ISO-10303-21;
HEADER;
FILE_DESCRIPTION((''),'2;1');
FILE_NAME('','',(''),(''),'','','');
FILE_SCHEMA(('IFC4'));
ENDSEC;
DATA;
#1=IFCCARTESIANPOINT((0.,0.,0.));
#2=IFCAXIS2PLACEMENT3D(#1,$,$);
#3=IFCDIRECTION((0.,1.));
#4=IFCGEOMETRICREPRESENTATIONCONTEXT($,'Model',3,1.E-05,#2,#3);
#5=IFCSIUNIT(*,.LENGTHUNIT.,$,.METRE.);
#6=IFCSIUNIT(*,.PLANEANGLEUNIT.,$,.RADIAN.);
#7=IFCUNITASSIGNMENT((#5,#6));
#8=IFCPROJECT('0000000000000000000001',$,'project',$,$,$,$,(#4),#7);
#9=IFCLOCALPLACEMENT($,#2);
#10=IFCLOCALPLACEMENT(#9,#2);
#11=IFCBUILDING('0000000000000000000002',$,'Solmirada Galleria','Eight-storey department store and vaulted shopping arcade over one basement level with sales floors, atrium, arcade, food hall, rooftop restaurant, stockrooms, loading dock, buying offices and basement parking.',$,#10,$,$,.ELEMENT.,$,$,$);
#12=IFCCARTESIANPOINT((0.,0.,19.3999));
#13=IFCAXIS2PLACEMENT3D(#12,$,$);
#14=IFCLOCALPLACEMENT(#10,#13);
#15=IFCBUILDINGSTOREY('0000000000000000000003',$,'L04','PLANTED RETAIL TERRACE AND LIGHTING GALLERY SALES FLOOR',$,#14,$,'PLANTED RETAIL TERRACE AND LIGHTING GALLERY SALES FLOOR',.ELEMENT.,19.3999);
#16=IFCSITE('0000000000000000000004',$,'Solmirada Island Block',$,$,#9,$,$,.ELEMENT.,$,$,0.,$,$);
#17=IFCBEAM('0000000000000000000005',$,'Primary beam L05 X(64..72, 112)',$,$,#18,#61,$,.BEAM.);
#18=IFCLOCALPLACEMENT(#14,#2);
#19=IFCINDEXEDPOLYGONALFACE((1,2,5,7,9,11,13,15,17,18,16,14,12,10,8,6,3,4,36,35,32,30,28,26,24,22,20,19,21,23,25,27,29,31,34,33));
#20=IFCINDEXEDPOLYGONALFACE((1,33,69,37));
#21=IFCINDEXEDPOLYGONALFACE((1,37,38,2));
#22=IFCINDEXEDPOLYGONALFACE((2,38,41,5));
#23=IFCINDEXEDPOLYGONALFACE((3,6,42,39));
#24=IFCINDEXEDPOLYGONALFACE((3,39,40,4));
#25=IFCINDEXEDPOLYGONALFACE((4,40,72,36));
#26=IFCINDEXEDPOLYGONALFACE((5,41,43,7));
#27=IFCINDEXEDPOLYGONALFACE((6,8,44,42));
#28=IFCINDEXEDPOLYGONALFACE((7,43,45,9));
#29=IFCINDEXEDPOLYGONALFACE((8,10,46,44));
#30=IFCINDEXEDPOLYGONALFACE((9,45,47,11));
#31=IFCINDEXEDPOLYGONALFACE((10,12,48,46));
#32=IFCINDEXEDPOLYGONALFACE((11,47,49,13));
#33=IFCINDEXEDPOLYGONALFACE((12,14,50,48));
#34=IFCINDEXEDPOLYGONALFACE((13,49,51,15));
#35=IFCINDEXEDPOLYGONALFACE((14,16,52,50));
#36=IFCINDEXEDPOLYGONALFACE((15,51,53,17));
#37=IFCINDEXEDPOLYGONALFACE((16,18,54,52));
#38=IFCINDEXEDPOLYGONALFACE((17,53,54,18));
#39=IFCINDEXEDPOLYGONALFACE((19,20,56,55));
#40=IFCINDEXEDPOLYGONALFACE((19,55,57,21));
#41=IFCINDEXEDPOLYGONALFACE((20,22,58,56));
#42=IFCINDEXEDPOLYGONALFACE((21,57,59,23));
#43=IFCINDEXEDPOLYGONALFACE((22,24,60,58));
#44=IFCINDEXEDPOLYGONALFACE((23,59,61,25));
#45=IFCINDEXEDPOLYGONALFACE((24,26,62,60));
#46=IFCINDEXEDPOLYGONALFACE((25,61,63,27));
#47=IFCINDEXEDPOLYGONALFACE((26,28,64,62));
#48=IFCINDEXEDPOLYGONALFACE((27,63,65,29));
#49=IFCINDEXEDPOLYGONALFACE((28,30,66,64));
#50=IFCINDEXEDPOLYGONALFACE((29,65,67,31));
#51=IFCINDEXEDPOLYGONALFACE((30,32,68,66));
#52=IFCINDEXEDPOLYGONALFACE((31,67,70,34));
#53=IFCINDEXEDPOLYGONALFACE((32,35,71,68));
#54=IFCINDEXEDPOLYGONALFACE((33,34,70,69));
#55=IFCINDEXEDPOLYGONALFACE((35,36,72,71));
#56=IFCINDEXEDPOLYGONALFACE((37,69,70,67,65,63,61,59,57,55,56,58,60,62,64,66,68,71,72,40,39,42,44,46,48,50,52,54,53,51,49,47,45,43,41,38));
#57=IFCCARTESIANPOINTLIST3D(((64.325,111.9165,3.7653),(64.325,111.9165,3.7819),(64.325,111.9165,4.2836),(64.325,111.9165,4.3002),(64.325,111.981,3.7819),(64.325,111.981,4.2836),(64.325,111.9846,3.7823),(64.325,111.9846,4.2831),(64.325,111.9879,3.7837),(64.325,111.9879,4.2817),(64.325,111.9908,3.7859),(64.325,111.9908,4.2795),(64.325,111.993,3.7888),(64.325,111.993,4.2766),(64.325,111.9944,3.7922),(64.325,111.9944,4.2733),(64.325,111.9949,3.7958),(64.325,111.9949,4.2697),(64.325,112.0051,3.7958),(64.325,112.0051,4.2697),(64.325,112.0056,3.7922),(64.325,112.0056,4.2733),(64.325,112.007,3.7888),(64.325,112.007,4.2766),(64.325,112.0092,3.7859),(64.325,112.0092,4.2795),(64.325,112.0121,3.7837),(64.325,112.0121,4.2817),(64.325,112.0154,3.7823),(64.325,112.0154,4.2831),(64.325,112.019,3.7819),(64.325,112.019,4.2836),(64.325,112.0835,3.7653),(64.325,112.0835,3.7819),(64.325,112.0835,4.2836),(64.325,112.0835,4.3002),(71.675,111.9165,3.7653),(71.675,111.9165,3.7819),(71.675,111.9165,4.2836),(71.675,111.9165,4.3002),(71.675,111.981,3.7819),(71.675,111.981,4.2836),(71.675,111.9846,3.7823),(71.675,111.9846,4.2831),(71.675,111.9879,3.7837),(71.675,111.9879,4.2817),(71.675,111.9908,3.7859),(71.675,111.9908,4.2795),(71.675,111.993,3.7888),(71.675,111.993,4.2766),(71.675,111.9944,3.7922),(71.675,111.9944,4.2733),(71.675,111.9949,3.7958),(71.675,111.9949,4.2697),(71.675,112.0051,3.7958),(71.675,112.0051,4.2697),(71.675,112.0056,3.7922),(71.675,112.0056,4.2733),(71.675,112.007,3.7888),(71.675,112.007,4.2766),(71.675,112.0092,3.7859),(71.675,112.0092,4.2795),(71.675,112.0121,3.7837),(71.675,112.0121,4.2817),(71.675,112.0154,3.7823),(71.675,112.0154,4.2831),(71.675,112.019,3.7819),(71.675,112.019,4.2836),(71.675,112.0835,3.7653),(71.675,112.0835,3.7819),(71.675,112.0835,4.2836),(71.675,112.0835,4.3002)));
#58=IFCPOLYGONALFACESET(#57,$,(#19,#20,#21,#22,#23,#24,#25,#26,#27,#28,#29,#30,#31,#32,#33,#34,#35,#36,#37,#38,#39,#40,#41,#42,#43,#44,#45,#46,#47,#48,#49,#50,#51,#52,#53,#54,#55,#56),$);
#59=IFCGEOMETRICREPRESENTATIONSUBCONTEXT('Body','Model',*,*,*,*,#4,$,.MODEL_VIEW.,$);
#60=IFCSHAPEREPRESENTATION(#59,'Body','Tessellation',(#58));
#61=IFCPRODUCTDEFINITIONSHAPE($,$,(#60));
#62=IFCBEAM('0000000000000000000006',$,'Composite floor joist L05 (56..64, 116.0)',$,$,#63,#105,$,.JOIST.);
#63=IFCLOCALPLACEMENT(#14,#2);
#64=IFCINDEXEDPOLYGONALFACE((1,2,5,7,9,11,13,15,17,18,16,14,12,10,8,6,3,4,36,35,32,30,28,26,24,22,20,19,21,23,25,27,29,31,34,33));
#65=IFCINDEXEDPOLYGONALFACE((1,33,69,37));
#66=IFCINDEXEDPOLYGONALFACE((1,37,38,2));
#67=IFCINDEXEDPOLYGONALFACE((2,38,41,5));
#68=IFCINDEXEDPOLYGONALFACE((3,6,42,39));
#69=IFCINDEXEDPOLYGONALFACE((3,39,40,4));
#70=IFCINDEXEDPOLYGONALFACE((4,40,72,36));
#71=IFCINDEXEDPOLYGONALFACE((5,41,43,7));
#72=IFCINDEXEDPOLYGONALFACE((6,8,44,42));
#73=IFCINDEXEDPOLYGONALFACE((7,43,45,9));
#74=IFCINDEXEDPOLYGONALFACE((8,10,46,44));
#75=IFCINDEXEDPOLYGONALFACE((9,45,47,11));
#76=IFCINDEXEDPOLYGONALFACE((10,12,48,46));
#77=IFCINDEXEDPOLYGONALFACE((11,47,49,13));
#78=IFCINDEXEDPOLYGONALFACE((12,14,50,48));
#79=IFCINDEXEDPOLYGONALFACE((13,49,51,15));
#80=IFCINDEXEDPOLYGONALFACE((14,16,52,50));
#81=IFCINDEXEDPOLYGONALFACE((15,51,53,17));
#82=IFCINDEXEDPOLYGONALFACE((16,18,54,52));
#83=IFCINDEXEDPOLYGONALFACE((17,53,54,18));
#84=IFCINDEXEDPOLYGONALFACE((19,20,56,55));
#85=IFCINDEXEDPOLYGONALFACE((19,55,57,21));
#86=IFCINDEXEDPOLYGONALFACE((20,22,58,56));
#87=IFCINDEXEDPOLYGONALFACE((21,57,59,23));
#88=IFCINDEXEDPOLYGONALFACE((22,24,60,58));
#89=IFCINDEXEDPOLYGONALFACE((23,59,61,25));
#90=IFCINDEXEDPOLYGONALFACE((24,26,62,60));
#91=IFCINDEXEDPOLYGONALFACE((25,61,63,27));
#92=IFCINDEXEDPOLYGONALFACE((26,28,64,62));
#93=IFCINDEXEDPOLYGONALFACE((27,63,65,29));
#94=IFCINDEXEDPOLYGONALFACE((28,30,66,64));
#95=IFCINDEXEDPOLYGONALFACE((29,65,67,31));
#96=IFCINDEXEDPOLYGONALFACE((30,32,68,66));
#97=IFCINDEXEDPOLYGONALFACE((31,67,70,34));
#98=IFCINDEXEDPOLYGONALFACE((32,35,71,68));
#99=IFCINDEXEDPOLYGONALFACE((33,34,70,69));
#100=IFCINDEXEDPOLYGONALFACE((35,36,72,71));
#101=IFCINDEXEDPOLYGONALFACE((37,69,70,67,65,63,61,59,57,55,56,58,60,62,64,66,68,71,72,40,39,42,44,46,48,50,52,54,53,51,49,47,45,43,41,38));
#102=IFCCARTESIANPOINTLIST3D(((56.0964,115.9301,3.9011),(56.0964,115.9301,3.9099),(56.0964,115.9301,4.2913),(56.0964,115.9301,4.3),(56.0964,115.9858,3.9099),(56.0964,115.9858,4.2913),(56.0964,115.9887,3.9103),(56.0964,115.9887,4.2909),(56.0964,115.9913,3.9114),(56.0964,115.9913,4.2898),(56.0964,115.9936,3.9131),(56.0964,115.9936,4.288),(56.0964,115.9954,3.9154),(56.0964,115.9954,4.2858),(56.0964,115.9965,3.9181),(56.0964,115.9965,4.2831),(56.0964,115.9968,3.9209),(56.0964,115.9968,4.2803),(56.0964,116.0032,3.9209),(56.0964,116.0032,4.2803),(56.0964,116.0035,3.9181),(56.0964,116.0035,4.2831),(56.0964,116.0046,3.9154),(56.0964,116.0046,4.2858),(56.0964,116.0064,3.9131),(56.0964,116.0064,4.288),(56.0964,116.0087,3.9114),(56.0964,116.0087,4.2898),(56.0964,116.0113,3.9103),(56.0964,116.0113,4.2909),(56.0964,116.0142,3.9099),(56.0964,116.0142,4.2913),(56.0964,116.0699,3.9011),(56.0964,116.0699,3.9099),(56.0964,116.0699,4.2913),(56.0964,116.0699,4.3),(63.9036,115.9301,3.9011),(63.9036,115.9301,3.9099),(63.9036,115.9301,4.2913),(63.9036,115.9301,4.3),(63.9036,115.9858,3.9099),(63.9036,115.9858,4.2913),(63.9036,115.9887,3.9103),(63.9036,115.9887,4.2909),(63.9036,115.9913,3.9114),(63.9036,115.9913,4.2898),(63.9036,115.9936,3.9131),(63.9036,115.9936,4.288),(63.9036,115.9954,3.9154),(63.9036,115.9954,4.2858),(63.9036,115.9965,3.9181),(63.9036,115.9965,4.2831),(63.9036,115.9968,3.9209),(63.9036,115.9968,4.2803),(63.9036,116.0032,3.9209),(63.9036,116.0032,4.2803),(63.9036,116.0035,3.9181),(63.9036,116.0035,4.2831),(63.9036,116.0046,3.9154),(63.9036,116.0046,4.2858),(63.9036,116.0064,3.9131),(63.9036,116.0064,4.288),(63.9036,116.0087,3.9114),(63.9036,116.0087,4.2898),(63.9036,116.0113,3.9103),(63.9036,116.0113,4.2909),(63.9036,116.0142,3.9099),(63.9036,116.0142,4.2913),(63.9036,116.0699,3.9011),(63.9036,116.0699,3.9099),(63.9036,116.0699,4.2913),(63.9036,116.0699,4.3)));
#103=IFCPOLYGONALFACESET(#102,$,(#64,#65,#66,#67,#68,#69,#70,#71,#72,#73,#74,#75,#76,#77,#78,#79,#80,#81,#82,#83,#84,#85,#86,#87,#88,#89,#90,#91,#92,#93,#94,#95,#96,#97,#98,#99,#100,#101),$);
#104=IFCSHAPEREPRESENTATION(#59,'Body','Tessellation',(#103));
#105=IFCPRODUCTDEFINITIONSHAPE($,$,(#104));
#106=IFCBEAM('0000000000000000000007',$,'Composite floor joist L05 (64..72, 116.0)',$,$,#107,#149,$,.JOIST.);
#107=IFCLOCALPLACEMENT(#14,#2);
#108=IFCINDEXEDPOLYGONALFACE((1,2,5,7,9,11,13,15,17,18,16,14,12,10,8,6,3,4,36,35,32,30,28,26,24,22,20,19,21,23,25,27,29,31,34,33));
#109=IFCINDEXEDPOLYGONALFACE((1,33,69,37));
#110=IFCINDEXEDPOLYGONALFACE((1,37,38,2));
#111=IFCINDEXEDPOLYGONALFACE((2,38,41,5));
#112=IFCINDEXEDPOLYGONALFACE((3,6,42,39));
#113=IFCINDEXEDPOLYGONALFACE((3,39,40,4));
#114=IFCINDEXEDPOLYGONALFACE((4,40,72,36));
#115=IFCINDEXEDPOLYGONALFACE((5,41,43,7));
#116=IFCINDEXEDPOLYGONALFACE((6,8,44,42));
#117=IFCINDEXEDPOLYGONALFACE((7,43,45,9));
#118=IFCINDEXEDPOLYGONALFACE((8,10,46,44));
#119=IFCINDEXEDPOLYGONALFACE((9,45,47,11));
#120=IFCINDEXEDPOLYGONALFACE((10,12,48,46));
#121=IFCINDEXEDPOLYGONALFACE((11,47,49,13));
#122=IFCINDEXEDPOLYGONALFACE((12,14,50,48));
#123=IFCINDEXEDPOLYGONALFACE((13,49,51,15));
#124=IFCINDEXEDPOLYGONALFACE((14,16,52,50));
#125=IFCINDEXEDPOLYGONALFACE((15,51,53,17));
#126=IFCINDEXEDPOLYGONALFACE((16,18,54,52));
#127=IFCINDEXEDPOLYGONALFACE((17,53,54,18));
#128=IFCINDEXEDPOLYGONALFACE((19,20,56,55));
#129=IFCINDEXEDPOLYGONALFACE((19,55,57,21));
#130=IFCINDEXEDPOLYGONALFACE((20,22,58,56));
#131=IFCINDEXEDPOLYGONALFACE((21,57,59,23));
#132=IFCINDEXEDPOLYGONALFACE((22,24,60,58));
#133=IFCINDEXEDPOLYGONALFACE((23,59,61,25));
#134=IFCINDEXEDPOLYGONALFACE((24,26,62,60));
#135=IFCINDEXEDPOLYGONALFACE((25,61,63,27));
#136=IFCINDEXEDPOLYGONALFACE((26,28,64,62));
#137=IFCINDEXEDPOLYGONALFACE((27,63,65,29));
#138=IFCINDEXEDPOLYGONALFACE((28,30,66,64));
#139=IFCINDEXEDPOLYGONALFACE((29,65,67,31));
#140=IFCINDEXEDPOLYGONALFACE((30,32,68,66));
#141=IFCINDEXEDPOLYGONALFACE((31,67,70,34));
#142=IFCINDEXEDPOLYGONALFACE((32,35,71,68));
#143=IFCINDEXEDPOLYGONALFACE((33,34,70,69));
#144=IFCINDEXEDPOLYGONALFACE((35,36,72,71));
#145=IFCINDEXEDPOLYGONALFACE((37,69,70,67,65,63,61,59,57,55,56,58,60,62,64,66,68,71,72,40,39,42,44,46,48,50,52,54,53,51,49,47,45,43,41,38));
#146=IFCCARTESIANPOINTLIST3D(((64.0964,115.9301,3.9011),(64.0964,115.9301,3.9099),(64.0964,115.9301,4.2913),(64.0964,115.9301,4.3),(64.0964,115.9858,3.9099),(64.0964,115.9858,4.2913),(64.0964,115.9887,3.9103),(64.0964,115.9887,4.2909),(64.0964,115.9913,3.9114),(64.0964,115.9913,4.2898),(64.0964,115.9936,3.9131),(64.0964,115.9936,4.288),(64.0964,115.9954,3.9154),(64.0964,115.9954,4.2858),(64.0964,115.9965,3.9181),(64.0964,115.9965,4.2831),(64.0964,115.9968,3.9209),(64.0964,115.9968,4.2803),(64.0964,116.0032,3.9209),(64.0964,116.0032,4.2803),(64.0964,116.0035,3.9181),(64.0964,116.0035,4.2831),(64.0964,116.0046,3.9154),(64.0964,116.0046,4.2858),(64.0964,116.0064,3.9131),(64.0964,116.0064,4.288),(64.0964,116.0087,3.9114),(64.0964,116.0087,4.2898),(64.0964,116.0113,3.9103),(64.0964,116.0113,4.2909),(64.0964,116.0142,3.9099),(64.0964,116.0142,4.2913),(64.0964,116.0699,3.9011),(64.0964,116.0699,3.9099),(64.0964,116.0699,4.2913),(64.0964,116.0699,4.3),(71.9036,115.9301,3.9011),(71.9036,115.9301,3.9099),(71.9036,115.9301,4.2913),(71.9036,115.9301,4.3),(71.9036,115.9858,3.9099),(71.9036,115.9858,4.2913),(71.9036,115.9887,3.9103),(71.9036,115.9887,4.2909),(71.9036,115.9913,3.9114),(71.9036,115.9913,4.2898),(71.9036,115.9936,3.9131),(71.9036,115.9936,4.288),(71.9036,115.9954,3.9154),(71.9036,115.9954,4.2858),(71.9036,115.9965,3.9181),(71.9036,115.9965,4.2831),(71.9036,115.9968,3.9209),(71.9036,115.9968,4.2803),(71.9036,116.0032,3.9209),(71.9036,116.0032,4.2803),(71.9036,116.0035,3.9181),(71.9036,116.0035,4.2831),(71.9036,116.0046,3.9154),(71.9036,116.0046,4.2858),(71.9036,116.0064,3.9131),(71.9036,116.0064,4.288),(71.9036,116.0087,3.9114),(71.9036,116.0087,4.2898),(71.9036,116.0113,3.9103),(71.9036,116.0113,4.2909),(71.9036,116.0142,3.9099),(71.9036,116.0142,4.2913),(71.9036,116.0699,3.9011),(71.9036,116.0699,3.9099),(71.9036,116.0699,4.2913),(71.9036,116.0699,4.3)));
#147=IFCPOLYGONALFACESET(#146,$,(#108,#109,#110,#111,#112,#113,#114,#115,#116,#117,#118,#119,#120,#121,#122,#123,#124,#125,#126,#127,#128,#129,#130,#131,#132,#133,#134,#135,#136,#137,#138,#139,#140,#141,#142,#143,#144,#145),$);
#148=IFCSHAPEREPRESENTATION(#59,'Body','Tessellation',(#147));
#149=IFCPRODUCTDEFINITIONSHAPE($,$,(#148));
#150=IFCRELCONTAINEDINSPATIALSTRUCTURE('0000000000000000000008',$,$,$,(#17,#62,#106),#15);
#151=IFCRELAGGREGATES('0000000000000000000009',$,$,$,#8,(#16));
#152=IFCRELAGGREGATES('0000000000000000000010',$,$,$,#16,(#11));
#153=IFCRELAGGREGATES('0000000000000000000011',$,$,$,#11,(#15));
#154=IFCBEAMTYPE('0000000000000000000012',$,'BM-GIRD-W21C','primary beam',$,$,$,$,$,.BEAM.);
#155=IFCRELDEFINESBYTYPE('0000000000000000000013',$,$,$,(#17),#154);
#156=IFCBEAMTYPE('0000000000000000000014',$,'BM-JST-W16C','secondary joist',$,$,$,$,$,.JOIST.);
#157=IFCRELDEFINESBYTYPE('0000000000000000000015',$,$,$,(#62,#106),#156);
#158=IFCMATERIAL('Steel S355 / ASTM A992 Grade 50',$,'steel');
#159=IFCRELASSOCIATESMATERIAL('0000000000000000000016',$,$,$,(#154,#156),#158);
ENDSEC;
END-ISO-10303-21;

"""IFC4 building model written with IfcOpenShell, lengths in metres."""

from ifc_helpers import new_model, si_unit, direction, frame, origin, origin_2d, place, context, subcontext, project, spatial, i_section, extrude, material, material_profile, profile_set, type_object, element, save


model = new_model("IFC4")

# Units and contexts
model_context = context("Model", 3, precision=1e-05, world=origin(), true_north=direction((0.0, 1.0)))
body_context = subcontext(model_context, "Body", "Model", "MODEL_VIEW")
ifc_project = project(units=[si_unit("LENGTHUNIT", "METRE"), si_unit("PLANEANGLEUNIT", "RADIAN")], contexts=[model_context])

# Site, building, storey
site_placement = place(None, origin())
site = spatial("IfcSite", under=ifc_project, at=site_placement, Name="Solmirada Island Block", CompositionType="ELEMENT", RefElevation=0.0)
building_placement = place(site_placement, origin())
building = spatial("IfcBuilding", under=site, at=building_placement, Name="Solmirada Galleria", Description="Eight-storey department store and vaulted shopping arcade over one basement level with sales floors, atrium, arcade, food hall, rooftop restaurant, stockrooms, loading dock, buying offices and basement parking.", CompositionType="ELEMENT")
storey_placement = place(building_placement, frame((0.0, 0.0, 19.3999)))
storey = spatial("IfcBuildingStorey", under=building, at=storey_placement, Name="L04", Description="PLANTED RETAIL TERRACE AND LIGHTING GALLERY SALES FLOOR", LongName="PLANTED RETAIL TERRACE AND LIGHTING GALLERY SALES FLOOR", CompositionType="ELEMENT", Elevation=19.3999)

# Beams
ifc_material_1 = material(Name="Steel S355 / ASTM A992 Grade 50", Category="steel")
ifc_material_profile_1 = material_profile(ifc_material_1, i_section(OverallWidth=0.167, OverallDepth=0.5349, WebThickness=0.0103, FlangeThickness=0.0166, FilletRadius=0.0139, at=origin_2d()), Name="W21X57")
ifc_profile_set_1 = profile_set([ifc_material_profile_1], Name="Steel S355 / ASTM A992 Grade 50")
beam_type_1 = type_object("IfcBeamType", Name="BM-GIRD-W21C", Description="primary beam", PredefinedType="BEAM", material=ifc_profile_set_1)
for number, where, z_axis, x_axis, name in (
    (1, (64.325, 112.0, 4.0327), (1.0, 0.0, 0.0), (0.0, 1.0, 0.0), "Primary beam L05 X(64..72, 112)"),
):
    element("IfcBeam", number, at=place(storey_placement, frame(where, z_axis=z_axis, x_axis=x_axis)), inside=storey, type_object=beam_type_1, Name=name, PredefinedType="BEAM", context=body_context, shape_type="SweptSolid", body=[
        extrude(i_section(OverallWidth=0.167, OverallDepth=0.5349, WebThickness=0.0103, FlangeThickness=0.0166, FilletRadius=0.0139, at=origin_2d()), origin(), (0.0, 0.0, 1.0), 7.3501),
    ])
ifc_material_profile_2 = material_profile(ifc_material_1, i_section(OverallWidth=0.1399, OverallDepth=0.3989, WebThickness=0.0063, FlangeThickness=0.0088, FilletRadius=0.011, at=origin_2d()), Name="W16X26")
ifc_profile_set_2 = profile_set([ifc_material_profile_2], Name="Steel S355 / ASTM A992 Grade 50")
beam_type_2 = type_object("IfcBeamType", Name="BM-JST-W16C", Description="secondary joist", PredefinedType="JOIST", material=ifc_profile_set_2)
for number, where, z_axis, x_axis, name in (
    (2, (56.0964, 116.0, 4.1006), (1.0, 0.0, 0.0), (0.0, 1.0, 0.0), "Composite floor joist L05 (56..64, 116.0)"),
    (3, (64.0964, 116.0, 4.1006), (1.0, 0.0, 0.0), (0.0, 1.0, 0.0), "Composite floor joist L05 (64..72, 116.0)"),
):
    element("IfcBeam", number, at=place(storey_placement, frame(where, z_axis=z_axis, x_axis=x_axis)), inside=storey, type_object=beam_type_2, Name=name, PredefinedType="JOIST", context=body_context, shape_type="SweptSolid", body=[
        extrude(i_section(OverallWidth=0.1399, OverallDepth=0.3989, WebThickness=0.0063, FlangeThickness=0.0088, FilletRadius=0.011, at=origin_2d()), origin(), (0.0, 0.0, 1.0), 7.8071),
    ])

save(model, "model.ifc")
